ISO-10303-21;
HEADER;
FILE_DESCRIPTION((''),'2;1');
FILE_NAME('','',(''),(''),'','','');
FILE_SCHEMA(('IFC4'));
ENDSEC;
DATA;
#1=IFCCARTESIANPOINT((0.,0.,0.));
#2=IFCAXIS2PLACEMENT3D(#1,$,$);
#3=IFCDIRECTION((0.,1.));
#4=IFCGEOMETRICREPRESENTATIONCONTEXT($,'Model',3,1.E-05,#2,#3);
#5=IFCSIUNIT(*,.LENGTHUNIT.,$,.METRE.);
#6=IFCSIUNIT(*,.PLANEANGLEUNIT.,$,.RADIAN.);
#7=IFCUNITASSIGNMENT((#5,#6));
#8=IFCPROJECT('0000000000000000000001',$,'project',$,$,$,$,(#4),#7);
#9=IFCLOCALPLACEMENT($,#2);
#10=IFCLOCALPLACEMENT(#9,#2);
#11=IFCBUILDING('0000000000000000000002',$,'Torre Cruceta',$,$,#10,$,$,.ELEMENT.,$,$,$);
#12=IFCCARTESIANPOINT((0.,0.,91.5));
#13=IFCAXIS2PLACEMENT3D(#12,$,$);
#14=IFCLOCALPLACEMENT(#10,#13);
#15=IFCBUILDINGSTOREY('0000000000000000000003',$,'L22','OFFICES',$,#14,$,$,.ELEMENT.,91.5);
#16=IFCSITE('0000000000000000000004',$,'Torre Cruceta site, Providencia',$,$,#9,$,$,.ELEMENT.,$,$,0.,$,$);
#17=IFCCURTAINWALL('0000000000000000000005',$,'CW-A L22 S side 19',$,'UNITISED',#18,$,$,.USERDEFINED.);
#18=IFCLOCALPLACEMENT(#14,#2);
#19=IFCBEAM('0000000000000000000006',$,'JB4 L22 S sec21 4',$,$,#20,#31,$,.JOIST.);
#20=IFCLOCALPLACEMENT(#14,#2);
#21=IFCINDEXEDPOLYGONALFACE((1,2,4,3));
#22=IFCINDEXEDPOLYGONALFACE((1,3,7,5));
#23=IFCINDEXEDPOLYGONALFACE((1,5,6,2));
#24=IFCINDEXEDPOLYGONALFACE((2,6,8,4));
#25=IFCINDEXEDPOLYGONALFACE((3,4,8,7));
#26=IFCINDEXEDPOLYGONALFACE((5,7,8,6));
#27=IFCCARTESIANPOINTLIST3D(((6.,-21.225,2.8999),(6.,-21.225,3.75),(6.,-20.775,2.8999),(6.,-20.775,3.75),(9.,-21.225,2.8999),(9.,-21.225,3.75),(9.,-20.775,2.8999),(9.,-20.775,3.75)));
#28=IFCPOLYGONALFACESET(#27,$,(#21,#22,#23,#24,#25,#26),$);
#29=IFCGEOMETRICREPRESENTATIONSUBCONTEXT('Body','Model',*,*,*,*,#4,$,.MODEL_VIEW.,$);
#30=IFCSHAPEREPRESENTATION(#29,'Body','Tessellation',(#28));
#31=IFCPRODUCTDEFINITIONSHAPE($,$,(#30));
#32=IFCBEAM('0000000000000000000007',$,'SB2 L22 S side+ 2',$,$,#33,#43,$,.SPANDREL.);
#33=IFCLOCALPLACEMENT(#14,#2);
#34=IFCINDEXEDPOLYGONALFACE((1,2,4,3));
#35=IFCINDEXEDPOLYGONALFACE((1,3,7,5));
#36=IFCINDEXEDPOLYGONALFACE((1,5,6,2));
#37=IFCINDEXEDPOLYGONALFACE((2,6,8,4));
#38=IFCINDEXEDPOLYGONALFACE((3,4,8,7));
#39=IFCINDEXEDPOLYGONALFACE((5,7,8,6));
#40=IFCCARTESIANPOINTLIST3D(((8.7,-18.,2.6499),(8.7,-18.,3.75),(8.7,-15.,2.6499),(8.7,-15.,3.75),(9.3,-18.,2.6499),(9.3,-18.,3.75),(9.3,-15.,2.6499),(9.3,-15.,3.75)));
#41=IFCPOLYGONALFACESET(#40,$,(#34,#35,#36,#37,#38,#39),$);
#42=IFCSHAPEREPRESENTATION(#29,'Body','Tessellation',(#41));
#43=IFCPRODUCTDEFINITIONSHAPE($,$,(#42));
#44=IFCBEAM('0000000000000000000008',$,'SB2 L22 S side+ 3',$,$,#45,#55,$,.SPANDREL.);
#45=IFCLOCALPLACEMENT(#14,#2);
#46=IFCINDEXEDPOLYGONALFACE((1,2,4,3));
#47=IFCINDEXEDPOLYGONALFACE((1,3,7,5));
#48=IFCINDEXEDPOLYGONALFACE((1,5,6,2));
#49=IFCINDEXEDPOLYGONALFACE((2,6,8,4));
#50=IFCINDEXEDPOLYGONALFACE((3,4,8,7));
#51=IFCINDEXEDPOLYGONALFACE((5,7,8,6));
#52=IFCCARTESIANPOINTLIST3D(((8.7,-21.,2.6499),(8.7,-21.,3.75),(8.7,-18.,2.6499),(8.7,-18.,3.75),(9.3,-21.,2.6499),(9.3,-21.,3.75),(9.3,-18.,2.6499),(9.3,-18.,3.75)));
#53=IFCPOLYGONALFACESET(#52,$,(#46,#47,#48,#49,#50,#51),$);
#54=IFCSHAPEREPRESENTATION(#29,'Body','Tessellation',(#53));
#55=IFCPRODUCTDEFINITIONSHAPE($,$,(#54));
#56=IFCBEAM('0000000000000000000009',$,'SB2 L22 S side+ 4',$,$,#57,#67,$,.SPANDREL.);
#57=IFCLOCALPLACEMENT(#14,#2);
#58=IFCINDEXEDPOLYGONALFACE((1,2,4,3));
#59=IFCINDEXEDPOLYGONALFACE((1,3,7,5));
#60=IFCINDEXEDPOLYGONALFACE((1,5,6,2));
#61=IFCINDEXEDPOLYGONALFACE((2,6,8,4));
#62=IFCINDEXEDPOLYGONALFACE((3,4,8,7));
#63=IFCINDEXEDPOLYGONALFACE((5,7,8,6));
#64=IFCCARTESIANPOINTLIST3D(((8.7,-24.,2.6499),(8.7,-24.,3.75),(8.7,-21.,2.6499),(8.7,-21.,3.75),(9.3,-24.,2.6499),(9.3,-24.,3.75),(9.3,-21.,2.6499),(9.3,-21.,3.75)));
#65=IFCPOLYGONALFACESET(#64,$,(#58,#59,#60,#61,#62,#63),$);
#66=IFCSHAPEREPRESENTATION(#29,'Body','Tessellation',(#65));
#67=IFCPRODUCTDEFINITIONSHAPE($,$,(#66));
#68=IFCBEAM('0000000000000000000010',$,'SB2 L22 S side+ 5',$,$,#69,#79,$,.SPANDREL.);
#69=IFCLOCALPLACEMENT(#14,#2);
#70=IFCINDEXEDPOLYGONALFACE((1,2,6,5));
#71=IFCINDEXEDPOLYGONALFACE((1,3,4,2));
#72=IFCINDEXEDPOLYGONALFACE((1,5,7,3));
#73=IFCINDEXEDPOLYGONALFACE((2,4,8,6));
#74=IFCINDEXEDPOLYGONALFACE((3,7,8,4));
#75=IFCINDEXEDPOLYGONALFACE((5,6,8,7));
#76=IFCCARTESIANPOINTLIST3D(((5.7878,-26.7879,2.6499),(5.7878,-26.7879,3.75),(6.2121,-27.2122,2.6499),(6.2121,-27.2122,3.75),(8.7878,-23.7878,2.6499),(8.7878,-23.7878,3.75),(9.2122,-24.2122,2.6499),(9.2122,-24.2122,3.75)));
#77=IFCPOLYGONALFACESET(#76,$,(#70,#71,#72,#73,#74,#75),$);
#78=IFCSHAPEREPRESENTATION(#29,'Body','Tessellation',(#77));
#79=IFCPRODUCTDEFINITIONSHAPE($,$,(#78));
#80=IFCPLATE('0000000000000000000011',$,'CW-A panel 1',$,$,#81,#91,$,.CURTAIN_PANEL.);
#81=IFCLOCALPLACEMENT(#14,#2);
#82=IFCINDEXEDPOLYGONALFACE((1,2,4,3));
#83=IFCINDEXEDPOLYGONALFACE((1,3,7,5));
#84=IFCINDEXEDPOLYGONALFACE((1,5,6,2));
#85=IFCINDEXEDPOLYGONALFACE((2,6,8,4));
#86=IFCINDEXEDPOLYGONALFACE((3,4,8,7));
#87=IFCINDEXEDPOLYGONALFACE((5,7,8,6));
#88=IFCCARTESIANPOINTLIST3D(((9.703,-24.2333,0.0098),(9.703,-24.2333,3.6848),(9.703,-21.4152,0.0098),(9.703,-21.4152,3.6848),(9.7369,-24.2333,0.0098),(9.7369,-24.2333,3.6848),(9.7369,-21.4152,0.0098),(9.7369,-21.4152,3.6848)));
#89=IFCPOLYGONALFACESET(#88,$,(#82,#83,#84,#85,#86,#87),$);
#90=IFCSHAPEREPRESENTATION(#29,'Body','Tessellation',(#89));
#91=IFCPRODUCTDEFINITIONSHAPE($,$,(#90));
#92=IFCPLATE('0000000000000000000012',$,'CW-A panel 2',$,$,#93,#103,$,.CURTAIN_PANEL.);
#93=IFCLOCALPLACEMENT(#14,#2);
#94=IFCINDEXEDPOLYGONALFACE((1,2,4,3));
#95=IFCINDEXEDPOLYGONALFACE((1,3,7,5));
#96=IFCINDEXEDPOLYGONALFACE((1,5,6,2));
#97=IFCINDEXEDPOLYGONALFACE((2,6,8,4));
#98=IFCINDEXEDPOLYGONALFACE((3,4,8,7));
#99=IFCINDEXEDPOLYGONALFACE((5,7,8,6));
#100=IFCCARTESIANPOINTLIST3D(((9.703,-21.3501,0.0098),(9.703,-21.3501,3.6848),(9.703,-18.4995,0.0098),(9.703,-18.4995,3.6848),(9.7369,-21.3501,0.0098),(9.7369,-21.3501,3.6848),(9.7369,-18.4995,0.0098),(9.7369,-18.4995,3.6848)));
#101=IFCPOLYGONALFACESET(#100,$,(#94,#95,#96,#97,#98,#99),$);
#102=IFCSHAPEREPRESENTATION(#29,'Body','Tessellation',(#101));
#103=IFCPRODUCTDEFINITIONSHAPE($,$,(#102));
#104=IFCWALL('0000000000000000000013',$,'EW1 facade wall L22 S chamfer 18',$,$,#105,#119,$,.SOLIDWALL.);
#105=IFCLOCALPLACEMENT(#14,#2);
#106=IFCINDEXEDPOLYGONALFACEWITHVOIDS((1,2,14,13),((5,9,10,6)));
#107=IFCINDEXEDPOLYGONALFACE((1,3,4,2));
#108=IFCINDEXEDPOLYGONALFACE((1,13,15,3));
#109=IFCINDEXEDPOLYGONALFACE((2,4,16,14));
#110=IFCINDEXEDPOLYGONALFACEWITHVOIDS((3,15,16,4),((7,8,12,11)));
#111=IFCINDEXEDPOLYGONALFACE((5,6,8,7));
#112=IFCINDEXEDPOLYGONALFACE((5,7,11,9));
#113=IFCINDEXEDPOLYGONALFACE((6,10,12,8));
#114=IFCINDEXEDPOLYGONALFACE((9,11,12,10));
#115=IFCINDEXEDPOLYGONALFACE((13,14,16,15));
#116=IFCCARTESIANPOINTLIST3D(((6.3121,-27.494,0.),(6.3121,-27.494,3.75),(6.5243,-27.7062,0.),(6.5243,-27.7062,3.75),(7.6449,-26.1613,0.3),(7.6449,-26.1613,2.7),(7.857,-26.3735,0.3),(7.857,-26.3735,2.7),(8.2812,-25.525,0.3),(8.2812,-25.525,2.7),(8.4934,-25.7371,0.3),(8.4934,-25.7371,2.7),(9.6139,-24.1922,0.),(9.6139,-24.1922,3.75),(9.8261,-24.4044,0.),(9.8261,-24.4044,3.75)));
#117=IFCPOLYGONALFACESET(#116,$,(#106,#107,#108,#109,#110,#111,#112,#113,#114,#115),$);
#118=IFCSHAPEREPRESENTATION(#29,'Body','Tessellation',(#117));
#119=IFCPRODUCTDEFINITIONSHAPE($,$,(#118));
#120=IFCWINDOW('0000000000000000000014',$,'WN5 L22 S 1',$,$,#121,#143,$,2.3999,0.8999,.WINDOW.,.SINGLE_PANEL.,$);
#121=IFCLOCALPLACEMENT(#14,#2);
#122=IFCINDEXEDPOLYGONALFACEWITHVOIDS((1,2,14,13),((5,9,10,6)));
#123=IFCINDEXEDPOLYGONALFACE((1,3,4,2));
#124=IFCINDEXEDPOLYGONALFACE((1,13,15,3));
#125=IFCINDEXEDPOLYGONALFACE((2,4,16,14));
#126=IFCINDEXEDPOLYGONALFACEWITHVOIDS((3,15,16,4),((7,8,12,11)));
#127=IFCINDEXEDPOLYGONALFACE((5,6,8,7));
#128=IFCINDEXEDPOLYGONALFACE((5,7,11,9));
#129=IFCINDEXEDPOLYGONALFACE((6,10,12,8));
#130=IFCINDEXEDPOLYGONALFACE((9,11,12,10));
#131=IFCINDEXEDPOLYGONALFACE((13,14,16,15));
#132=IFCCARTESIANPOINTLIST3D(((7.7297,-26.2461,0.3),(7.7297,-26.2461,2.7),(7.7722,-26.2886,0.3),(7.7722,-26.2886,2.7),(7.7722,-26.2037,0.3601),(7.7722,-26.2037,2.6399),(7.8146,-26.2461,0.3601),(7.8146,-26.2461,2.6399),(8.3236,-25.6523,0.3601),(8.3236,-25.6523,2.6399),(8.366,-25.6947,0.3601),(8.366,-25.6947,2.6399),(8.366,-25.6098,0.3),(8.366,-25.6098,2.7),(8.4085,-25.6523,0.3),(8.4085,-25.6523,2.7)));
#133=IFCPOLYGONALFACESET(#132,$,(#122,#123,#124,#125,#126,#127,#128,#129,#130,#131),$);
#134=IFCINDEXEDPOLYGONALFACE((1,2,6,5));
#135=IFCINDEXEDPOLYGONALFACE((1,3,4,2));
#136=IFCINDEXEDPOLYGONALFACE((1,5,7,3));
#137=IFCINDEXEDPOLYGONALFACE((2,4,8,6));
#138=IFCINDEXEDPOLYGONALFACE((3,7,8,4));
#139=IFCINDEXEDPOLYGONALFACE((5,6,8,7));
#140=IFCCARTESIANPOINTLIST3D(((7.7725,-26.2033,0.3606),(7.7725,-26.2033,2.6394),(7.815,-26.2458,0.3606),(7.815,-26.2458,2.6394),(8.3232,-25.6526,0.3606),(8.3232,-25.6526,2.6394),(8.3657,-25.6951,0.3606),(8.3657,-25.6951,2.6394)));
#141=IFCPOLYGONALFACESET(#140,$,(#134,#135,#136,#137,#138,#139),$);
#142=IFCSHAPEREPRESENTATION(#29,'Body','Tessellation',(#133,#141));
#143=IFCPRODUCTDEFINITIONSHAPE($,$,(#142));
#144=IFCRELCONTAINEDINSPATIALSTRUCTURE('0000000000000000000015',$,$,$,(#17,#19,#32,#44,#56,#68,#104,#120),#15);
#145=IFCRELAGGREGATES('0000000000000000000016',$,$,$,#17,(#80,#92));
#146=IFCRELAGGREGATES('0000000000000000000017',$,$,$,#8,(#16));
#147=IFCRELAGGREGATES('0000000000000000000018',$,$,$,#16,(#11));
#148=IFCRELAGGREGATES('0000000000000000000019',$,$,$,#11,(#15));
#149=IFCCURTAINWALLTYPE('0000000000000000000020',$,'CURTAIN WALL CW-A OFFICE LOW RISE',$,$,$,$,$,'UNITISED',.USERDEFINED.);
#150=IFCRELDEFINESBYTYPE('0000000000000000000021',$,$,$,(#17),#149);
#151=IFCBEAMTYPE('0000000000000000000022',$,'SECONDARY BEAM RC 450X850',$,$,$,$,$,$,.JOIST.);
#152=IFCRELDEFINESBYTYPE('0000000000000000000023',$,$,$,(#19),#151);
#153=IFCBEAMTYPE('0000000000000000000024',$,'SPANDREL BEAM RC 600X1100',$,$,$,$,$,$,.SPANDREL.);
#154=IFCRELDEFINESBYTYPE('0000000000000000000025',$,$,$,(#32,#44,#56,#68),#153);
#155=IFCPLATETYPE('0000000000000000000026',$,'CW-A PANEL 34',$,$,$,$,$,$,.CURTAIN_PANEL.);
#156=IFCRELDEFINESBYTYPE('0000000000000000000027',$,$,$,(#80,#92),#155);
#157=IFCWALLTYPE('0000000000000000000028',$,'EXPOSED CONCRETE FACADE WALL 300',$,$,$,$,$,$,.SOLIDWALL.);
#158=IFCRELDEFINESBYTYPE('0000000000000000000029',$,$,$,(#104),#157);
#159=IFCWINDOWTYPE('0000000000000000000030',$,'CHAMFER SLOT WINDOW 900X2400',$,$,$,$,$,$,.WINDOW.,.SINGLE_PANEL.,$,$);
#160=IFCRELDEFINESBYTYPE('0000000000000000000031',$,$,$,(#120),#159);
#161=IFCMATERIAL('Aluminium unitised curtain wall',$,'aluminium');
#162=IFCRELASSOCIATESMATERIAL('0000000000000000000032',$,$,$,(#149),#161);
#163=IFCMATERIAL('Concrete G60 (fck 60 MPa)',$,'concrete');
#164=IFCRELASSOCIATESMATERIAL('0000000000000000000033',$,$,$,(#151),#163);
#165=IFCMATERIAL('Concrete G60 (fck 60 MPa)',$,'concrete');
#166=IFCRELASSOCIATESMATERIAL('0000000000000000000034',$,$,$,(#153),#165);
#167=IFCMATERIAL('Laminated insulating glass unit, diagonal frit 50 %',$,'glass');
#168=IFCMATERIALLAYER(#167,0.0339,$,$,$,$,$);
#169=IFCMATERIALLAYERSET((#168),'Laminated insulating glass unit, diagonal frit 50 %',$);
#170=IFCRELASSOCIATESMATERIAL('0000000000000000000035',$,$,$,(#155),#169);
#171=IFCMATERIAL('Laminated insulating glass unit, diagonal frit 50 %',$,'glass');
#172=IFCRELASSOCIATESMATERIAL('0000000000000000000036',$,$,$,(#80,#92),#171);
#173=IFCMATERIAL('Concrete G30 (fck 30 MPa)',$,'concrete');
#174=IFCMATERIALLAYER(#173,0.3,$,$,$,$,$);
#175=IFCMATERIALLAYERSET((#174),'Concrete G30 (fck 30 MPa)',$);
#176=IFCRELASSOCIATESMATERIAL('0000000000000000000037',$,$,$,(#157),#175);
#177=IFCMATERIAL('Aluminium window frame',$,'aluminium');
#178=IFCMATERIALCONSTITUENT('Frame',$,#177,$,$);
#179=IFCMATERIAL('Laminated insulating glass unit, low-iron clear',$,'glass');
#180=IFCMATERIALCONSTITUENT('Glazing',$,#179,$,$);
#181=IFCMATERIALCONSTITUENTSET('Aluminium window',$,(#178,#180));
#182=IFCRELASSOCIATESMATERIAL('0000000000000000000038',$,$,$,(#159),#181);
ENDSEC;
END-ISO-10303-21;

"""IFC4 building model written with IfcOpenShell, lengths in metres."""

from ifc_helpers import new_model, si_unit, direction, frame, frame_2d, origin, origin_2d, place, context, subcontext, project, spatial, rectangle, hollow_rectangle, extrude, material, layer, layer_set, constituent, constituent_set, material_profile, profile_set, type_object, element, fill, aggregate, save


model = new_model("IFC4")

# Units and contexts
model_context = context("Model", 3, precision=1e-05, world=origin(), true_north=direction((0.0, 1.0)))
body_context = subcontext(model_context, "Body", "Model", "MODEL_VIEW")
ifc_project = project(units=[si_unit("LENGTHUNIT", "METRE"), si_unit("PLANEANGLEUNIT", "RADIAN")], contexts=[model_context])

# Site, building, storey
site_placement = place(None, origin())
site = spatial("IfcSite", under=ifc_project, at=site_placement, Name="Torre Cruceta site, Providencia", CompositionType="ELEMENT", RefElevation=0.0)
building_placement = place(site_placement, origin())
building = spatial("IfcBuilding", under=site, at=building_placement, Name="Torre Cruceta", CompositionType="ELEMENT")
storey_placement = place(building_placement, frame((0.0, 0.0, 91.5)))
storey = spatial("IfcBuildingStorey", under=building, at=storey_placement, Name="L22", Description="OFFICES", CompositionType="ELEMENT", Elevation=91.5)

# Curtain wall
ifc_material_1 = material(Name="Aluminium unitised curtain wall", Category="aluminium")
curtain_wall_type = type_object("IfcCurtainWallType", Name="CURTAIN WALL CW-A OFFICE LOW RISE", ElementType="UNITISED", PredefinedType="USERDEFINED", material=ifc_material_1)
curtain_wall_placement = place(storey_placement, origin())
curtain_wall = element("IfcCurtainWall", 1, at=curtain_wall_placement, inside=storey, type_object=curtain_wall_type, Name="CW-A L22 S side 19", ObjectType="UNITISED", PredefinedType="USERDEFINED")

# Beams
ifc_material_2 = material(Name="Concrete G60 (fck 60 MPa)", Category="concrete")
ifc_material_profile_1 = material_profile(ifc_material_2, rectangle(XDim=0.45, YDim=0.8501, at=origin_2d()), Name="RC 450X850")
ifc_profile_set_1 = profile_set([ifc_material_profile_1], Name="Concrete G60 (fck 60 MPa)")
beam_type_1 = type_object("IfcBeamType", Name="SECONDARY BEAM RC 450X850", PredefinedType="JOIST", material=ifc_profile_set_1)
beam_1_placement = place(storey_placement, frame((6.0, -21.0, 3.325), z_axis=(1.0, 0.0, 0.0), x_axis=(0.0, 1.0, 0.0)))
element("IfcBeam", 2, at=beam_1_placement, inside=storey, type_object=beam_type_1, Name="JB4 L22 S sec21 4", PredefinedType="JOIST", context=body_context, shape_type="SweptSolid", body=[
    extrude(rectangle(XDim=0.45, YDim=0.8501, at=origin_2d()), origin(), (0.0, 0.0, 1.0), 3.0),
])
ifc_material_3 = material(Name="Concrete G60 (fck 60 MPa)", Category="concrete")
ifc_material_profile_2 = material_profile(ifc_material_3, rectangle(XDim=0.6001, YDim=1.1001, at=origin_2d()), Name="RC 600X1100")
ifc_profile_set_2 = profile_set([ifc_material_profile_2], Name="Concrete G60 (fck 60 MPa)")
beam_type_2 = type_object("IfcBeamType", Name="SPANDREL BEAM RC 600X1100", PredefinedType="SPANDREL", material=ifc_profile_set_2)
for number, where, z_axis, x_axis, name in (
    (3, (9.0, -15.0, 3.2), (0.0, -1.0, 0.0), (1.0, 0.0, 0.0), "SB2 L22 S side+ 2"),
    (4, (9.0, -18.0, 3.2), (0.0, -1.0, 0.0), (1.0, 0.0, 0.0), "SB2 L22 S side+ 3"),
    (5, (9.0, -21.0, 3.2), (0.0, -1.0, 0.0), (1.0, 0.0, 0.0), "SB2 L22 S side+ 4"),
):
    element("IfcBeam", number, at=place(storey_placement, frame(where, z_axis=z_axis, x_axis=x_axis)), inside=storey, type_object=beam_type_2, Name=name, PredefinedType="SPANDREL", context=body_context, shape_type="SweptSolid", body=[
        extrude(rectangle(XDim=0.6001, YDim=1.1001, at=origin_2d()), origin(), (0.0, 0.0, 1.0), 3.0),
    ])
beam_2_placement = place(storey_placement, frame((9.0, -24.0, 3.2), z_axis=(-0.707107, -0.707107, 0.0), x_axis=(0.707107, -0.707107, 0.0)))
element("IfcBeam", 6, at=beam_2_placement, inside=storey, type_object=beam_type_2, Name="SB2 L22 S side+ 5", PredefinedType="SPANDREL", context=body_context, shape_type="SweptSolid", body=[
    extrude(rectangle(XDim=0.6001, YDim=1.1001, at=origin_2d()), origin(), (0.0, 0.0, 1.0), 4.2427),
])

# Plates
ifc_material_4 = material(Name="Laminated insulating glass unit, diagonal frit 50 %", Category="glass")
ifc_material_5 = material(Name="Laminated insulating glass unit, diagonal frit 50 %", Category="glass")
ifc_layer_1 = layer(ifc_material_5, 0.0339)
ifc_layer_set_1 = layer_set([ifc_layer_1], Name="Laminated insulating glass unit, diagonal frit 50 %")
plate_type = type_object("IfcPlateType", Name="CW-A PANEL 34", PredefinedType="CURTAIN_PANEL", material=ifc_layer_set_1)
plate_1_placement = place(storey_placement, frame((9.72, -22.8242, 0.0098), z_axis=(0.0, 0.0, 1.0), x_axis=(0.0, 1.0, 0.0)))
plate_1 = element("IfcPlate", 7, at=plate_1_placement, type_object=plate_type, material=ifc_material_4, Name="CW-A panel 1", PredefinedType="CURTAIN_PANEL", context=body_context, shape_type="SweptSolid", body=[
    extrude(rectangle(XDim=2.8181, YDim=0.0339, at=origin_2d()), origin(), (0.0, 0.0, 1.0), 3.675),
])
plate_2_placement = place(storey_placement, frame((9.72, -19.9248, 0.0098), z_axis=(0.0, 0.0, 1.0), x_axis=(0.0, 1.0, 0.0)))
plate_2 = element("IfcPlate", 8, at=plate_2_placement, type_object=plate_type, material=ifc_material_4, Name="CW-A panel 2", PredefinedType="CURTAIN_PANEL", context=body_context, shape_type="SweptSolid", body=[
    extrude(rectangle(XDim=2.8506, YDim=0.0339, at=origin_2d()), origin(), (0.0, 0.0, 1.0), 3.675),
])
aggregate(curtain_wall, [plate_1, plate_2])

# Wall, opening, window
ifc_material_6 = material(Name="Concrete G30 (fck 30 MPa)", Category="concrete")
ifc_layer_2 = layer(ifc_material_6, 0.3)
ifc_layer_set_2 = layer_set([ifc_layer_2], Name="Concrete G30 (fck 30 MPa)")
wall_type_1 = type_object("IfcWallType", Name="EXPOSED CONCRETE FACADE WALL 300", PredefinedType="SOLIDWALL", material=ifc_layer_set_2)
wall_1_placement = place(storey_placement, frame((6.4182, -27.6001, 0.0), z_axis=(0.0, 0.0, 1.0), x_axis=(0.707107, 0.707107, 0.0)))
wall_1 = element("IfcWall", 9, at=wall_1_placement, inside=storey, type_object=wall_type_1, Name="EW1 facade wall L22 S chamfer 18", PredefinedType="SOLIDWALL", context=body_context, shape_type="SweptSolid", body=[
    extrude(rectangle(XDim=4.6694, YDim=0.3, at=frame_2d((2.3347, 0.0))), origin(), (0.0, 0.0, 1.0), 3.75),
])
opening_1_placement = place(wall_1_placement, frame((1.8848, 0.0, 0.3)))
opening_1 = element("IfcOpeningElement", 10, at=opening_1_placement, cuts=wall_1, PredefinedType="OPENING", context=body_context, shape_type="SweptSolid", body=[
    extrude(rectangle(XDim=0.8999, YDim=2.3999, at=frame_2d((0.45, 1.2))), frame((0.0, 0.1599, 0.0), z_axis=(0.0, -1.0, 0.0), x_axis=(1.0, 0.0, 0.0)), (0.0, 0.0, 1.0), 0.3201),
])
ifc_material_7 = material(Name="Aluminium window frame", Category="aluminium")
ifc_constituent_1 = constituent(ifc_material_7, Name="Frame")
ifc_material_8 = material(Name="Laminated insulating glass unit, low-iron clear", Category="glass")
ifc_constituent_2 = constituent(ifc_material_8, Name="Glazing")
ifc_constituent_set_1 = constituent_set(constituents=[ifc_constituent_1, ifc_constituent_2], Name="Aluminium window")
window_type = type_object("IfcWindowType", Name="CHAMFER SLOT WINDOW 900X2400", PartitioningType="SINGLE_PANEL", PredefinedType="WINDOW", material=ifc_constituent_set_1)
window_placement = place(opening_1_placement, origin())
window = element("IfcWindow", 11, at=window_placement, inside=storey, type_object=window_type, Name="WN5 L22 S 1", OverallHeight=2.3999, OverallWidth=0.8999, PartitioningType="SINGLE_PANEL", PredefinedType="WINDOW", context=body_context, shape_type="SweptSolid", body=[
    extrude(hollow_rectangle(XDim=0.8999, YDim=2.3999, WallThickness=0.0601, at=frame_2d((0.45, 1.2))), frame((0.0, 0.03, 0.0), z_axis=(0.0, -1.0, 0.0), x_axis=(1.0, 0.0, 0.0)), (0.0, 0.0, 1.0), 0.0601),
    extrude(rectangle(XDim=0.7788, YDim=2.2788, at=frame_2d((0.45, 1.2))), frame((0.0, 0.03, 0.0), z_axis=(0.0, -1.0, 0.0), x_axis=(1.0, 0.0, 0.0)), (0.0, 0.0, 1.0), 0.0601),
])
fill(opening_1, window)

save(model, "model.ifc")
